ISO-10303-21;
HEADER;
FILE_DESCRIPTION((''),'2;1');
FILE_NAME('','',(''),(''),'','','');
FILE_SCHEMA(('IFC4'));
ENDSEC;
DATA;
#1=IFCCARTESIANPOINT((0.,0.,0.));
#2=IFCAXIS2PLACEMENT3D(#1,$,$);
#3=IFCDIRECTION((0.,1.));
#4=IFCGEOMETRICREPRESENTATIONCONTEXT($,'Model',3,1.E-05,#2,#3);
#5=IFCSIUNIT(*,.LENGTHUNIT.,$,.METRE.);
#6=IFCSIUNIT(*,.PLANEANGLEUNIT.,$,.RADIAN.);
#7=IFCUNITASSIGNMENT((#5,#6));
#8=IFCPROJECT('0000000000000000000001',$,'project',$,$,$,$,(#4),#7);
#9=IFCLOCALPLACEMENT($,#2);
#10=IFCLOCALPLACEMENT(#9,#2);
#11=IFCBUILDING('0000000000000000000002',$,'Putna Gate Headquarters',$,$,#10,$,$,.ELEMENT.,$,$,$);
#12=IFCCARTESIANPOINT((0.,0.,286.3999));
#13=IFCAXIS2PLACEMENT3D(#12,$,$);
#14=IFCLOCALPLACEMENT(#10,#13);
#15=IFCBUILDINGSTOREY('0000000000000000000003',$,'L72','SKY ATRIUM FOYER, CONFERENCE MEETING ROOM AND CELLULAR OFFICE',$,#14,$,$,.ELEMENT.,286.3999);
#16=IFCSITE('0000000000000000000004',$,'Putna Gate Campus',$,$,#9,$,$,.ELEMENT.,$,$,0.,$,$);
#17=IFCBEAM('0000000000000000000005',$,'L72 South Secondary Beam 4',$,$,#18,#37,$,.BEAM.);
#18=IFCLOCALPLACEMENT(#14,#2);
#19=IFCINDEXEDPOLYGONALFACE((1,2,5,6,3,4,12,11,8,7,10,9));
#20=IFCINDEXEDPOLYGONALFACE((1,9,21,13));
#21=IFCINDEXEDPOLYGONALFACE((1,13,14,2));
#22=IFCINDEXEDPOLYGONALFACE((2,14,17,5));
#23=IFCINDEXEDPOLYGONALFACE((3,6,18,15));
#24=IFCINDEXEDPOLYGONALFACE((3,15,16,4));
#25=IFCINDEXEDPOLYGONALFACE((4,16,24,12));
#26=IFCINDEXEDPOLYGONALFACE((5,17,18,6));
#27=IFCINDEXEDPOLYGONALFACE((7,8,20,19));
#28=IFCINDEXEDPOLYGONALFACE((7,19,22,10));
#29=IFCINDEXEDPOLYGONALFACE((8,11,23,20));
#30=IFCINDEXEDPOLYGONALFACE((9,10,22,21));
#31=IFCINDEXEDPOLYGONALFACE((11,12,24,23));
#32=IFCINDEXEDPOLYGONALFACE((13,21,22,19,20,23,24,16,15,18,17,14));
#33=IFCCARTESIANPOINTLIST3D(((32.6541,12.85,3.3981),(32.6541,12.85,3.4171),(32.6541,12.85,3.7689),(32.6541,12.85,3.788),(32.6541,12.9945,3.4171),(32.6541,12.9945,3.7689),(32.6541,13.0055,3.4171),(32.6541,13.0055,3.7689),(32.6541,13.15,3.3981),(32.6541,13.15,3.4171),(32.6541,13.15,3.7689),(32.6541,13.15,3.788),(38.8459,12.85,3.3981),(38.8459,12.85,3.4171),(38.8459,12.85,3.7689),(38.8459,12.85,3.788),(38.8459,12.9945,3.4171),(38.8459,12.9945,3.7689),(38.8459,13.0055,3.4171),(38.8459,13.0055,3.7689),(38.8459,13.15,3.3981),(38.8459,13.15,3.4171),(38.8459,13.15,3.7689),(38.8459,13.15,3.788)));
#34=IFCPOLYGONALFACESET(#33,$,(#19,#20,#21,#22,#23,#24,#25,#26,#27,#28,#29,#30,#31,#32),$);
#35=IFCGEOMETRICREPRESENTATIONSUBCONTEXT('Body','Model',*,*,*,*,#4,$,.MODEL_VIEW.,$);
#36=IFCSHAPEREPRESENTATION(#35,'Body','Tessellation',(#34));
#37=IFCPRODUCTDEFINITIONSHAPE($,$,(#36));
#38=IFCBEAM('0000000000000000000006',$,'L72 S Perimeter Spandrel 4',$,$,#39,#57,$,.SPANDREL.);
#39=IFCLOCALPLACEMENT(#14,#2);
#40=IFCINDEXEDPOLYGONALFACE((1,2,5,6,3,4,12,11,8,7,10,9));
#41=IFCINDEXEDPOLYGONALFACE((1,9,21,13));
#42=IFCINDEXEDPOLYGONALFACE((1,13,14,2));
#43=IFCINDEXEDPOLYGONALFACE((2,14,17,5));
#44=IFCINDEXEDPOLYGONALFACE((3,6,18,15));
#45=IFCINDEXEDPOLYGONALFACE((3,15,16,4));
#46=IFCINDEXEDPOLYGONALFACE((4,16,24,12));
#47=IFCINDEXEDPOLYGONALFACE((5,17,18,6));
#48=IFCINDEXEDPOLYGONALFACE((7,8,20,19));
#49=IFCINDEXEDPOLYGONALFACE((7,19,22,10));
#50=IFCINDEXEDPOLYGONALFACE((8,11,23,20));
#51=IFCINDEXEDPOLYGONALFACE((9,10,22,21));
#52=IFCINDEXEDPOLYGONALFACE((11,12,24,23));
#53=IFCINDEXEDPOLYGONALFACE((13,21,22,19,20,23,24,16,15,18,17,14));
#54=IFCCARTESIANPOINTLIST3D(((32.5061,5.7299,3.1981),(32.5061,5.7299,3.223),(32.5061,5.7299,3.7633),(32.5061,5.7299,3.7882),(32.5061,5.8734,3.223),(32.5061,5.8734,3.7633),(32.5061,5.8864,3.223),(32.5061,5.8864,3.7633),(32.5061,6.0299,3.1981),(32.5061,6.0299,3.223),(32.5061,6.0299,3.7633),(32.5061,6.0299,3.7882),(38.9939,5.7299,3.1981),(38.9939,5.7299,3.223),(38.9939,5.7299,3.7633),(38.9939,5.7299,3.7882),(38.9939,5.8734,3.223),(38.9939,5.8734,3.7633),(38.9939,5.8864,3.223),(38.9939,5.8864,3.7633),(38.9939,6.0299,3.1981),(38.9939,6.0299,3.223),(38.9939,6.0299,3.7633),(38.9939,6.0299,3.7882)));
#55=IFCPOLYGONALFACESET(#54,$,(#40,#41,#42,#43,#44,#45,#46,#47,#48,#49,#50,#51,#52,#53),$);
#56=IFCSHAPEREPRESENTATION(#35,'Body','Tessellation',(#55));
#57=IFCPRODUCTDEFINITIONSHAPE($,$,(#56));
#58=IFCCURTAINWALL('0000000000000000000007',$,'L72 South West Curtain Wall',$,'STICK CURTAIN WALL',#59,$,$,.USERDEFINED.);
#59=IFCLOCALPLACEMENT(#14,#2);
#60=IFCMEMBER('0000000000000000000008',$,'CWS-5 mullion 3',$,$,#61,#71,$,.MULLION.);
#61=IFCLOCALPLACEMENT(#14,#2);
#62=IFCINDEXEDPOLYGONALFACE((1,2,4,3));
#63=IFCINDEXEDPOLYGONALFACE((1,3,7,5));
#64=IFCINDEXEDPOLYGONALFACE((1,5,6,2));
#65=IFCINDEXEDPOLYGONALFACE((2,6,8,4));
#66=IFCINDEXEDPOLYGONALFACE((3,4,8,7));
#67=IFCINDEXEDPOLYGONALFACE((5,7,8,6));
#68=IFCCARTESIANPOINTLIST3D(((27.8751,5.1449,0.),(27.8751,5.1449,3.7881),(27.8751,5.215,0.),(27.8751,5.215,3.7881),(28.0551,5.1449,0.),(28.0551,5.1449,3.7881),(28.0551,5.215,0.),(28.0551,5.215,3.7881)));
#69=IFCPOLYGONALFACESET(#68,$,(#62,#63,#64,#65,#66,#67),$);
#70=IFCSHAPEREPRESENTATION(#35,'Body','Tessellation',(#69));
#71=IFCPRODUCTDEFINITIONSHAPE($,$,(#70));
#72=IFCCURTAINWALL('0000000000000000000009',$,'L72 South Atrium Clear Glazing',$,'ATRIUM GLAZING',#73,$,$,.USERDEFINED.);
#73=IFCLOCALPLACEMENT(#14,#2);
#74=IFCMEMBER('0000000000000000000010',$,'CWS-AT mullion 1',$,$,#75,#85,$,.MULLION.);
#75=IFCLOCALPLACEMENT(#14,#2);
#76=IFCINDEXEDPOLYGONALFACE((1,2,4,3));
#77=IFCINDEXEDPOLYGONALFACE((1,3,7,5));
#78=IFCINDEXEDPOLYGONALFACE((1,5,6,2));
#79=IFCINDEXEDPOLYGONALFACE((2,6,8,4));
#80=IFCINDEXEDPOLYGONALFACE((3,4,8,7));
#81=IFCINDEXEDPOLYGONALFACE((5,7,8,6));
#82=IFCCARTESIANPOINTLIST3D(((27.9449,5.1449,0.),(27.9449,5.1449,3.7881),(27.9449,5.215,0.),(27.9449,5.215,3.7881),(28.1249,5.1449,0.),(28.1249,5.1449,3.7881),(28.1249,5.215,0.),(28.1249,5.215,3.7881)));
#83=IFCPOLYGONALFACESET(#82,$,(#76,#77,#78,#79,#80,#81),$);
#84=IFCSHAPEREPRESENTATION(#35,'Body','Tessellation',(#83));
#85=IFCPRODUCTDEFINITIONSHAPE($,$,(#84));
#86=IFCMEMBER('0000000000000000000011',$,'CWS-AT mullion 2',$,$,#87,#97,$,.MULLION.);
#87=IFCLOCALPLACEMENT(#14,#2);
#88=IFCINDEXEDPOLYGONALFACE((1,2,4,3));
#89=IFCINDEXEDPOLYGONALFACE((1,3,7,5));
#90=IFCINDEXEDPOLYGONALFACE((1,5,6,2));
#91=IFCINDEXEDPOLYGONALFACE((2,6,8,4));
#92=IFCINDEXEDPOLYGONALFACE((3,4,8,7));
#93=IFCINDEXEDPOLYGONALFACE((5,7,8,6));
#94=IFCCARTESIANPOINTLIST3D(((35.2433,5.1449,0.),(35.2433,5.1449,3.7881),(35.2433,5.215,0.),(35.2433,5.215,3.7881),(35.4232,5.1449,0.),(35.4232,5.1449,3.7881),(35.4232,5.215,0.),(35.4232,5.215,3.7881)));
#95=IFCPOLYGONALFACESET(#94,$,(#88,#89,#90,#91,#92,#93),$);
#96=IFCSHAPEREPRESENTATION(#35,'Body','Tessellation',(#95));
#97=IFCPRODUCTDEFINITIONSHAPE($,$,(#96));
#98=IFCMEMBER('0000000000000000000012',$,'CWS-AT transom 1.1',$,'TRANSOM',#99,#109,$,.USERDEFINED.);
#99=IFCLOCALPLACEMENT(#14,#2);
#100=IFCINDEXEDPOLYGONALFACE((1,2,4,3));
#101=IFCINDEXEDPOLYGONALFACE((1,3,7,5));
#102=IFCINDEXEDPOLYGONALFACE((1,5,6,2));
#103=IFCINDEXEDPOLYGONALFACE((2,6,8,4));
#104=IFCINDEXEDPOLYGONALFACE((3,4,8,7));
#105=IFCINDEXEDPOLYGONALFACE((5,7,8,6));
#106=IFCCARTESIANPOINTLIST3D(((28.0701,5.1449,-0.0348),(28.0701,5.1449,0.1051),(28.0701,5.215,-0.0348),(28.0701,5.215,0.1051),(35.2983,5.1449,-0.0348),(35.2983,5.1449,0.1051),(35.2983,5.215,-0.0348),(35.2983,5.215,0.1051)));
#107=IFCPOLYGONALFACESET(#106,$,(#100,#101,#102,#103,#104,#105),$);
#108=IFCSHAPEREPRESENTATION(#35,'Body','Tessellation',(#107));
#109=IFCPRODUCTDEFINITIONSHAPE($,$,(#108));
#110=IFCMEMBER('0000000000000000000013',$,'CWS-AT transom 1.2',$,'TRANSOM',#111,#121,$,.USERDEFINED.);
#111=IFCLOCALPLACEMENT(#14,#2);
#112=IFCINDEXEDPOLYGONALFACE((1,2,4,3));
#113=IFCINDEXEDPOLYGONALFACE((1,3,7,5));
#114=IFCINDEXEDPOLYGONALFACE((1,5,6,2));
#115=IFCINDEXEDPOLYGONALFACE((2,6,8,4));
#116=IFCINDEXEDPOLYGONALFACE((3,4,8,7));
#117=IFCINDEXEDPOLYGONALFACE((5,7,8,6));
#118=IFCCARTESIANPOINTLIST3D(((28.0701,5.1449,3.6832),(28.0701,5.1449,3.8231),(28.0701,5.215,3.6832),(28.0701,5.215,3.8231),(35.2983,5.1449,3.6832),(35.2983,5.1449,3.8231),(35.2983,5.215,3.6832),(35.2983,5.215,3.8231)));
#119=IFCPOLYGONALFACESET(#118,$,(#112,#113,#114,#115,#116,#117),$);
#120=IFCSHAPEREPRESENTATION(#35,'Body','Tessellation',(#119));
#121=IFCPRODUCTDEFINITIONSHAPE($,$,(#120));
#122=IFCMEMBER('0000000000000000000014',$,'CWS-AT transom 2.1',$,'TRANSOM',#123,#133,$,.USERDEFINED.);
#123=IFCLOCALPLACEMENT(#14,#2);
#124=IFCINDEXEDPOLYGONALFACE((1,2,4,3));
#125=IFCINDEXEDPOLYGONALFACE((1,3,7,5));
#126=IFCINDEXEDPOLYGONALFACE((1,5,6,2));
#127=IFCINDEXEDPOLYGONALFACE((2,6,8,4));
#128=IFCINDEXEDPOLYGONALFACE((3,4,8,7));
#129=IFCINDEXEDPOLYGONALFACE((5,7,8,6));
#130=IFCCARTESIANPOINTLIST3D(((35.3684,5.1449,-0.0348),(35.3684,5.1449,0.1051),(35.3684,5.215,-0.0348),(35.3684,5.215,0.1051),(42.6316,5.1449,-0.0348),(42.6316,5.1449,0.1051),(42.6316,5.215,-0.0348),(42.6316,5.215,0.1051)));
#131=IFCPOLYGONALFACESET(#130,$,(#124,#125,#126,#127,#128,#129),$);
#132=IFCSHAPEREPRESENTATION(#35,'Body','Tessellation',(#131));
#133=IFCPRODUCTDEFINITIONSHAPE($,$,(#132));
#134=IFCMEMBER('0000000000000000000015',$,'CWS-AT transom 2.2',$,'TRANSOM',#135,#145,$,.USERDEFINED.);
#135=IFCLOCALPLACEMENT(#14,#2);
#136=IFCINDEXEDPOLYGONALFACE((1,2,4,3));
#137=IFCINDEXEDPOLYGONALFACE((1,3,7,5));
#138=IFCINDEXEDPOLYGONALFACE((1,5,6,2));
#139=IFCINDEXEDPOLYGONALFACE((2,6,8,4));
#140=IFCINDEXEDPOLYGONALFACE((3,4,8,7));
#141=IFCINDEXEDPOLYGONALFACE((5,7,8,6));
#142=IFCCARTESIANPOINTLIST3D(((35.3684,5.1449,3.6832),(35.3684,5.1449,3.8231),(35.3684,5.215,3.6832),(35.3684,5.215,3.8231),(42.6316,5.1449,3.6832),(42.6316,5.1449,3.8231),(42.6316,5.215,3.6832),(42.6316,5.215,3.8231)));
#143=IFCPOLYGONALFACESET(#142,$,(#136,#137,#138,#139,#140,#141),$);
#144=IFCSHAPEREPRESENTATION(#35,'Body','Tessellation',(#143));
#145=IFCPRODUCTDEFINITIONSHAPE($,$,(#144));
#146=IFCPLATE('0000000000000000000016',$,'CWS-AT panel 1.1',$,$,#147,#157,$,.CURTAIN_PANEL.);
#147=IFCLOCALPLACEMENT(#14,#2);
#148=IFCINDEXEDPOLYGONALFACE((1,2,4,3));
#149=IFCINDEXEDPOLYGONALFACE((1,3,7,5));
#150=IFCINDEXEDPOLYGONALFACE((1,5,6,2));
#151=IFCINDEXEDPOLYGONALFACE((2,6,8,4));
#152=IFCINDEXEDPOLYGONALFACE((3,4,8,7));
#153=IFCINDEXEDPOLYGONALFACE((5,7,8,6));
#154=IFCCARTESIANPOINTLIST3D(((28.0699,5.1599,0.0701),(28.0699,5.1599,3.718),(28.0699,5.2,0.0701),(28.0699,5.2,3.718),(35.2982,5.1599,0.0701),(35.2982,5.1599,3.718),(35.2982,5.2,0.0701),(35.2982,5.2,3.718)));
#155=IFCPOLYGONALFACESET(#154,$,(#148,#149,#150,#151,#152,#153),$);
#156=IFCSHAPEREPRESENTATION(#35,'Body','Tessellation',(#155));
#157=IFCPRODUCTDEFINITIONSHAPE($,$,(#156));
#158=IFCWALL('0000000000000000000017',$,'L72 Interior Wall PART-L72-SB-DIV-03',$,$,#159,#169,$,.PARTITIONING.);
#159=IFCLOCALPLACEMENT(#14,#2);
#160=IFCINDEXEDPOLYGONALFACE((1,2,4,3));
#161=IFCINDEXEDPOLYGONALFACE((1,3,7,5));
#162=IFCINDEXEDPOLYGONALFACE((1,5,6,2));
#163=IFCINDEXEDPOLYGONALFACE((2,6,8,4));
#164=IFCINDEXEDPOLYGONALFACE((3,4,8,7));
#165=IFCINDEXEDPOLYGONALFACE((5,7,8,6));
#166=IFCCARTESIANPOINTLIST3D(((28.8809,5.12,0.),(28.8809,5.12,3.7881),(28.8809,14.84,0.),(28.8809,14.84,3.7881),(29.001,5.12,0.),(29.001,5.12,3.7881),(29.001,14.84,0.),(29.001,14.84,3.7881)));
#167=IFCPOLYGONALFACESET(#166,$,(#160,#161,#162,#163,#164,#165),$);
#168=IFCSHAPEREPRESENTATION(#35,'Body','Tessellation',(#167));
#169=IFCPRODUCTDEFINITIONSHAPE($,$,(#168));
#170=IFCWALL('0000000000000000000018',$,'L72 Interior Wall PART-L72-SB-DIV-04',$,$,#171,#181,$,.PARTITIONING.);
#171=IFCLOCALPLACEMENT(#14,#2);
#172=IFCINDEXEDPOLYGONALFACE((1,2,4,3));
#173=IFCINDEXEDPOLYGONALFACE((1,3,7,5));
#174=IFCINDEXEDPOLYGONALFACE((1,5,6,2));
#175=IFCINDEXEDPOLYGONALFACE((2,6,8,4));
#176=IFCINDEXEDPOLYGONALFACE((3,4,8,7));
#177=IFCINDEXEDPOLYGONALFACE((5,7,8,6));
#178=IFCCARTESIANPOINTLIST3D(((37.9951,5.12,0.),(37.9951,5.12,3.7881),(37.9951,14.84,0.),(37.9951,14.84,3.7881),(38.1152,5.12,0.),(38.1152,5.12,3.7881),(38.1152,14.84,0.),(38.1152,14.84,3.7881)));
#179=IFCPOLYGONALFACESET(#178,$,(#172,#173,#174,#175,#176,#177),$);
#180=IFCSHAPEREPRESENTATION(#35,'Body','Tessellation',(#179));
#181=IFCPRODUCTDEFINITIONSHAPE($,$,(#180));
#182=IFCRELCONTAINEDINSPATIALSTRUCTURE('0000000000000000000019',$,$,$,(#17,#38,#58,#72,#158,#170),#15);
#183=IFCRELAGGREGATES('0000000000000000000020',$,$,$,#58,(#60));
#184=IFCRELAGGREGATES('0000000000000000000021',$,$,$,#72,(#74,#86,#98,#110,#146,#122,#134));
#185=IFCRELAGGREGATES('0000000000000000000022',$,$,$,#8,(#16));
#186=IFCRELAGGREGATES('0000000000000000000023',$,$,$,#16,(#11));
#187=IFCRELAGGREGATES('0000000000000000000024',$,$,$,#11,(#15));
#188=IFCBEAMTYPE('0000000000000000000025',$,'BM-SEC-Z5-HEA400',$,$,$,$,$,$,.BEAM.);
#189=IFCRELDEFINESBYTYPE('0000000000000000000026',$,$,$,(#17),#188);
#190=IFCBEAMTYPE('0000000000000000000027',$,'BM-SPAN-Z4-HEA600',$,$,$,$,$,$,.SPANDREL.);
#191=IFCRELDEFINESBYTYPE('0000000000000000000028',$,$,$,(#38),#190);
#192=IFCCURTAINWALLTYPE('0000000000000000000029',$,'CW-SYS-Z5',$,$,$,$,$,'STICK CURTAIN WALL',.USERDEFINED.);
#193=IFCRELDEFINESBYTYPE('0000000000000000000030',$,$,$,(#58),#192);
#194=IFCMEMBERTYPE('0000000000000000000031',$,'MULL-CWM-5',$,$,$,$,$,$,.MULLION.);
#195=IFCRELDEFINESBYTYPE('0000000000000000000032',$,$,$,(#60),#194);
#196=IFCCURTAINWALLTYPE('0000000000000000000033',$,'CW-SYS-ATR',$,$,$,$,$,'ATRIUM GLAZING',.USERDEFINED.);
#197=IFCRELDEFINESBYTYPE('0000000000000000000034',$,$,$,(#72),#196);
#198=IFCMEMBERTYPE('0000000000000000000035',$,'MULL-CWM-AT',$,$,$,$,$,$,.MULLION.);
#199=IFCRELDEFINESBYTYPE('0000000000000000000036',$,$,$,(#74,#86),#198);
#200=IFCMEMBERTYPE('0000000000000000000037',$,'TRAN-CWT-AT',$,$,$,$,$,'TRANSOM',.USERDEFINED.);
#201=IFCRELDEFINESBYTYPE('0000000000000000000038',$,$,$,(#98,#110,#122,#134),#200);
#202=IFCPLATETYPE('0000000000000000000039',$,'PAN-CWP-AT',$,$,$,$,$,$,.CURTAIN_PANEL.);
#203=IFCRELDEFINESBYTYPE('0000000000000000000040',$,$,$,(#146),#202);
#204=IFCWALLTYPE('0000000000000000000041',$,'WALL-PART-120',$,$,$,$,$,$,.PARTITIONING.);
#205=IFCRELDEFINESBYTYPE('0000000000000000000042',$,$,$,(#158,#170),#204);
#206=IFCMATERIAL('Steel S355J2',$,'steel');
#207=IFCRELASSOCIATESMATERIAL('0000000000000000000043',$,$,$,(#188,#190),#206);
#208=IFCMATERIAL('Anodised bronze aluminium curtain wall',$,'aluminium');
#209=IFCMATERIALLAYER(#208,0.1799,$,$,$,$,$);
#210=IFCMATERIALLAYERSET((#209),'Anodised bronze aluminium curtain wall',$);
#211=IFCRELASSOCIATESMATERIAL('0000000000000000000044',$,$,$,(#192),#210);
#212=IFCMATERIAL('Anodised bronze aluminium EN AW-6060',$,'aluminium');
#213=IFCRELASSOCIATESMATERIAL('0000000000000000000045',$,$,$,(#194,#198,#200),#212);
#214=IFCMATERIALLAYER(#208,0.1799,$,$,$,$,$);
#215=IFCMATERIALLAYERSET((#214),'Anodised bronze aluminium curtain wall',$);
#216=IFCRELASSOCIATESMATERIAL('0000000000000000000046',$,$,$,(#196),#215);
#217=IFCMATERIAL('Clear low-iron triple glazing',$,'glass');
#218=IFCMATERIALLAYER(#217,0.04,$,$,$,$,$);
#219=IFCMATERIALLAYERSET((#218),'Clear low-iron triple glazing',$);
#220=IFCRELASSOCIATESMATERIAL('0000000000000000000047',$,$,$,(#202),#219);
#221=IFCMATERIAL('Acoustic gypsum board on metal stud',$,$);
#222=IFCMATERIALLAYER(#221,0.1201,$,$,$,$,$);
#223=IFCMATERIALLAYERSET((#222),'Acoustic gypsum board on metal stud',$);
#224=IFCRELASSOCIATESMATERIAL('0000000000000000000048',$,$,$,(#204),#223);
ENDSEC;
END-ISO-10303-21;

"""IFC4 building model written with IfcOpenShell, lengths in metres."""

from ifc_helpers import new_model, si_unit, direction, frame, frame_2d, origin, origin_2d, place, context, subcontext, project, spatial, rectangle, i_section, extrude, material, layer, layer_set, material_profile, profile_set, type_object, element, aggregate, save


model = new_model("IFC4")

# Units and contexts
model_context = context("Model", 3, precision=1e-05, world=origin(), true_north=direction((0.0, 1.0)))
body_context = subcontext(model_context, "Body", "Model", "MODEL_VIEW")
ifc_project = project(units=[si_unit("LENGTHUNIT", "METRE"), si_unit("PLANEANGLEUNIT", "RADIAN")], contexts=[model_context])

# Site, building, storey
site_placement = place(None, origin())
site = spatial("IfcSite", under=ifc_project, at=site_placement, Name="Putna Gate Campus", CompositionType="ELEMENT", RefElevation=0.0)
building_placement = place(site_placement, origin())
building = spatial("IfcBuilding", under=site, at=building_placement, Name="Putna Gate Headquarters", CompositionType="ELEMENT")
storey_placement = place(building_placement, frame((0.0, 0.0, 286.3999)))
storey = spatial("IfcBuildingStorey", under=building, at=storey_placement, Name="L72", Description="SKY ATRIUM FOYER, CONFERENCE MEETING ROOM AND CELLULAR OFFICE", CompositionType="ELEMENT", Elevation=286.3999)

# Beams
ifc_material_1 = material(Name="Steel S355J2", Category="steel")
ifc_material_profile_1 = material_profile(ifc_material_1, i_section(OverallWidth=0.3, OverallDepth=0.3899, WebThickness=0.011, FlangeThickness=0.019, at=origin_2d()), Name="Steel S355J2")
ifc_profile_set_1 = profile_set([ifc_material_profile_1], Name="Steel S355J2")
beam_type_1 = type_object("IfcBeamType", Name="BM-SEC-Z5-HEA400", PredefinedType="BEAM", material=ifc_profile_set_1)
beam_1_placement = place(storey_placement, frame((32.6541, 13.0, 3.593), z_axis=(1.0, 0.0, 0.0), x_axis=(0.0, 1.0, 0.0)))
element("IfcBeam", 1, at=beam_1_placement, inside=storey, type_object=beam_type_1, Name="L72 South Secondary Beam 4", PredefinedType="BEAM", context=body_context, shape_type="SweptSolid", body=[
    extrude(i_section(OverallWidth=0.3, OverallDepth=0.3899, WebThickness=0.011, FlangeThickness=0.019, at=origin_2d()), origin(), (0.0, 0.0, 1.0), 6.1919),
])
ifc_material_profile_2 = material_profile(ifc_material_1, i_section(OverallWidth=0.3, OverallDepth=0.5901, WebThickness=0.0129, FlangeThickness=0.0249, at=origin_2d()), Name="Steel S355J2")
ifc_profile_set_2 = profile_set([ifc_material_profile_2], Name="Steel S355J2")
beam_type_2 = type_object("IfcBeamType", Name="BM-SPAN-Z4-HEA600", PredefinedType="SPANDREL", material=ifc_profile_set_2)
beam_2_placement = place(storey_placement, frame((32.5061, 5.8799, 3.4932), z_axis=(1.0, 0.0, 0.0), x_axis=(0.0, 1.0, 0.0)))
element("IfcBeam", 2, at=beam_2_placement, inside=storey, type_object=beam_type_2, Name="L72 S Perimeter Spandrel 4", PredefinedType="SPANDREL", context=body_context, shape_type="SweptSolid", body=[
    extrude(i_section(OverallWidth=0.3, OverallDepth=0.5901, WebThickness=0.0129, FlangeThickness=0.0249, at=origin_2d()), origin(), (0.0, 0.0, 1.0), 6.4878),
])

# Curtain wall, member
ifc_material_2 = material(Name="Anodised bronze aluminium curtain wall", Category="aluminium")
ifc_layer_1 = layer(ifc_material_2, 0.1799)
ifc_layer_set_1 = layer_set([ifc_layer_1], Name="Anodised bronze aluminium curtain wall")
curtain_wall_type_1 = type_object("IfcCurtainWallType", Name="CW-SYS-Z5", ElementType="STICK CURTAIN WALL", PredefinedType="USERDEFINED", material=ifc_layer_set_1)
curtain_wall_1_placement = place(storey_placement, origin())
curtain_wall_1 = element("IfcCurtainWall", 3, at=curtain_wall_1_placement, inside=storey, type_object=curtain_wall_type_1, Name="L72 South West Curtain Wall", ObjectType="STICK CURTAIN WALL", PredefinedType="USERDEFINED")
ifc_material_3 = material(Name="Anodised bronze aluminium EN AW-6060", Category="aluminium")
ifc_material_profile_3 = material_profile(ifc_material_3, rectangle(XDim=0.0701, YDim=0.1799, at=origin_2d()), Name="Anodised bronze aluminium EN AW-6060")
ifc_profile_set_3 = profile_set([ifc_material_profile_3], Name="Anodised bronze aluminium EN AW-6060")
member_type_1 = type_object("IfcMemberType", Name="MULL-CWM-5", PredefinedType="MULLION", material=ifc_profile_set_3)
member_1_placement = place(storey_placement, frame((27.9651, 5.1799, 0.0), z_axis=(0.0, 0.0, 1.0), x_axis=(0.0, 1.0, 0.0)))
member_1 = element("IfcMember", 4, at=member_1_placement, type_object=member_type_1, Name="CWS-5 mullion 3", PredefinedType="MULLION", context=body_context, shape_type="SweptSolid", body=[
    extrude(rectangle(XDim=0.0701, YDim=0.1799, at=origin_2d()), origin(), (0.0, 0.0, 1.0), 3.7881),
])
aggregate(curtain_wall_1, [member_1])

# Curtain wall, members, plate
ifc_layer_2 = layer(ifc_material_2, 0.1799)
ifc_layer_set_2 = layer_set([ifc_layer_2], Name="Anodised bronze aluminium curtain wall")
curtain_wall_type_2 = type_object("IfcCurtainWallType", Name="CW-SYS-ATR", ElementType="ATRIUM GLAZING", PredefinedType="USERDEFINED", material=ifc_layer_set_2)
curtain_wall_2_placement = place(storey_placement, origin())
curtain_wall_2 = element("IfcCurtainWall", 5, at=curtain_wall_2_placement, inside=storey, type_object=curtain_wall_type_2, Name="L72 South Atrium Clear Glazing", ObjectType="ATRIUM GLAZING", PredefinedType="USERDEFINED")
ifc_material_profile_4 = material_profile(ifc_material_3, rectangle(XDim=0.0701, YDim=0.1799, at=origin_2d()), Name="Anodised bronze aluminium EN AW-6060")
ifc_profile_set_4 = profile_set([ifc_material_profile_4], Name="Anodised bronze aluminium EN AW-6060")
member_type_2 = type_object("IfcMemberType", Name="MULL-CWM-AT", PredefinedType="MULLION", material=ifc_profile_set_4)
member_2_placement = place(storey_placement, frame((28.0349, 5.1799, 0.0), z_axis=(0.0, 0.0, 1.0), x_axis=(0.0, 1.0, 0.0)))
member_2 = element("IfcMember", 6, at=member_2_placement, type_object=member_type_2, Name="CWS-AT mullion 1", PredefinedType="MULLION", context=body_context, shape_type="SweptSolid", body=[
    extrude(rectangle(XDim=0.0701, YDim=0.1799, at=origin_2d()), origin(), (0.0, 0.0, 1.0), 3.7881),
])
member_3_placement = place(storey_placement, frame((35.3333, 5.1799, 0.0), z_axis=(0.0, 0.0, 1.0), x_axis=(0.0, 1.0, 0.0)))
member_3 = element("IfcMember", 7, at=member_3_placement, type_object=member_type_2, Name="CWS-AT mullion 2", PredefinedType="MULLION", context=body_context, shape_type="SweptSolid", body=[
    extrude(rectangle(XDim=0.0701, YDim=0.1799, at=origin_2d()), origin(), (0.0, 0.0, 1.0), 3.7881),
])
ifc_material_profile_5 = material_profile(ifc_material_3, rectangle(XDim=0.0701, YDim=0.1399, at=origin_2d()), Name="Anodised bronze aluminium EN AW-6060")
ifc_profile_set_5 = profile_set([ifc_material_profile_5], Name="Anodised bronze aluminium EN AW-6060")
member_type_3 = type_object("IfcMemberType", Name="TRAN-CWT-AT", ElementType="TRANSOM", PredefinedType="USERDEFINED", material=ifc_profile_set_5)
member_4_placement = place(storey_placement, frame((28.0701, 5.1799, 0.0352), z_axis=(1.0, 0.0, 0.0), x_axis=(0.0, 1.0, 0.0)))
member_4 = element("IfcMember", 8, at=member_4_placement, type_object=member_type_3, Name="CWS-AT transom 1.1", ObjectType="TRANSOM", PredefinedType="USERDEFINED", context=body_context, shape_type="SweptSolid", body=[
    extrude(rectangle(XDim=0.0701, YDim=0.1399, at=origin_2d()), origin(), (0.0, 0.0, 1.0), 7.2283),
])
member_5_placement = place(storey_placement, frame((28.0701, 5.1799, 3.7532), z_axis=(1.0, 0.0, 0.0), x_axis=(0.0, 1.0, 0.0)))
member_5 = element("IfcMember", 9, at=member_5_placement, type_object=member_type_3, Name="CWS-AT transom 1.2", ObjectType="TRANSOM", PredefinedType="USERDEFINED", context=body_context, shape_type="SweptSolid", body=[
    extrude(rectangle(XDim=0.0701, YDim=0.1399, at=origin_2d()), origin(), (0.0, 0.0, 1.0), 7.2283),
])
member_6_placement = place(storey_placement, frame((35.3684, 5.1799, 0.0352), z_axis=(1.0, 0.0, 0.0), x_axis=(0.0, 1.0, 0.0)))
member_6 = element("IfcMember", 10, at=member_6_placement, type_object=member_type_3, Name="CWS-AT transom 2.1", ObjectType="TRANSOM", PredefinedType="USERDEFINED", context=body_context, shape_type="SweptSolid", body=[
    extrude(rectangle(XDim=0.0701, YDim=0.1399, at=origin_2d()), origin(), (0.0, 0.0, 1.0), 7.2632),
])
member_7_placement = place(storey_placement, frame((35.3684, 5.1799, 3.7532), z_axis=(1.0, 0.0, 0.0), x_axis=(0.0, 1.0, 0.0)))
member_7 = element("IfcMember", 11, at=member_7_placement, type_object=member_type_3, Name="CWS-AT transom 2.2", ObjectType="TRANSOM", PredefinedType="USERDEFINED", context=body_context, shape_type="SweptSolid", body=[
    extrude(rectangle(XDim=0.0701, YDim=0.1399, at=origin_2d()), origin(), (0.0, 0.0, 1.0), 7.2632),
])
ifc_material_4 = material(Name="Clear low-iron triple glazing", Category="glass")
ifc_layer_3 = layer(ifc_material_4, 0.04)
ifc_layer_set_3 = layer_set([ifc_layer_3], Name="Clear low-iron triple glazing")
plate_type = type_object("IfcPlateType", Name="PAN-CWP-AT", PredefinedType="CURTAIN_PANEL", material=ifc_layer_set_3)
plate_placement = place(storey_placement, frame((31.6841, 5.1799, 0.0701), z_axis=(0.0, 0.0, 1.0), x_axis=(1.0, 0.0, 0.0)))
plate = element("IfcPlate", 12, at=plate_placement, type_object=plate_type, Name="CWS-AT panel 1.1", PredefinedType="CURTAIN_PANEL", context=body_context, shape_type="SweptSolid", body=[
    extrude(rectangle(XDim=7.2283, YDim=0.04, at=origin_2d()), origin(), (0.0, 0.0, 1.0), 3.6479),
])
aggregate(curtain_wall_2, [member_2, member_3, member_4, member_5, plate, member_6, member_7])

# Walls
ifc_material_5 = material(Name="Acoustic gypsum board on metal stud")
ifc_layer_4 = layer(ifc_material_5, 0.1201)
ifc_layer_set_4 = layer_set([ifc_layer_4], Name="Acoustic gypsum board on metal stud")
wall_type_1 = type_object("IfcWallType", Name="WALL-PART-120", PredefinedType="PARTITIONING", material=ifc_layer_set_4)
for number, where, z_axis, x_axis, name in (
    (13, (28.9409, 5.1201, 0.0), (0.0, 0.0, 1.0), (0.0, 1.0, 0.0), "L72 Interior Wall PART-L72-SB-DIV-03"),
    (14, (38.0552, 5.1201, 0.0), (0.0, 0.0, 1.0), (0.0, 1.0, 0.0), "L72 Interior Wall PART-L72-SB-DIV-04"),
):
    element("IfcWall", number, at=place(storey_placement, frame(where, z_axis=z_axis, x_axis=x_axis)), inside=storey, type_object=wall_type_1, Name=name, PredefinedType="PARTITIONING", context=body_context, shape_type="SweptSolid", body=[
        extrude(rectangle(XDim=9.72, YDim=0.1201, at=frame_2d((4.8599, 0.0))), origin(), (0.0, 0.0, 1.0), 3.7881),
    ])

save(model, "model.ifc")
